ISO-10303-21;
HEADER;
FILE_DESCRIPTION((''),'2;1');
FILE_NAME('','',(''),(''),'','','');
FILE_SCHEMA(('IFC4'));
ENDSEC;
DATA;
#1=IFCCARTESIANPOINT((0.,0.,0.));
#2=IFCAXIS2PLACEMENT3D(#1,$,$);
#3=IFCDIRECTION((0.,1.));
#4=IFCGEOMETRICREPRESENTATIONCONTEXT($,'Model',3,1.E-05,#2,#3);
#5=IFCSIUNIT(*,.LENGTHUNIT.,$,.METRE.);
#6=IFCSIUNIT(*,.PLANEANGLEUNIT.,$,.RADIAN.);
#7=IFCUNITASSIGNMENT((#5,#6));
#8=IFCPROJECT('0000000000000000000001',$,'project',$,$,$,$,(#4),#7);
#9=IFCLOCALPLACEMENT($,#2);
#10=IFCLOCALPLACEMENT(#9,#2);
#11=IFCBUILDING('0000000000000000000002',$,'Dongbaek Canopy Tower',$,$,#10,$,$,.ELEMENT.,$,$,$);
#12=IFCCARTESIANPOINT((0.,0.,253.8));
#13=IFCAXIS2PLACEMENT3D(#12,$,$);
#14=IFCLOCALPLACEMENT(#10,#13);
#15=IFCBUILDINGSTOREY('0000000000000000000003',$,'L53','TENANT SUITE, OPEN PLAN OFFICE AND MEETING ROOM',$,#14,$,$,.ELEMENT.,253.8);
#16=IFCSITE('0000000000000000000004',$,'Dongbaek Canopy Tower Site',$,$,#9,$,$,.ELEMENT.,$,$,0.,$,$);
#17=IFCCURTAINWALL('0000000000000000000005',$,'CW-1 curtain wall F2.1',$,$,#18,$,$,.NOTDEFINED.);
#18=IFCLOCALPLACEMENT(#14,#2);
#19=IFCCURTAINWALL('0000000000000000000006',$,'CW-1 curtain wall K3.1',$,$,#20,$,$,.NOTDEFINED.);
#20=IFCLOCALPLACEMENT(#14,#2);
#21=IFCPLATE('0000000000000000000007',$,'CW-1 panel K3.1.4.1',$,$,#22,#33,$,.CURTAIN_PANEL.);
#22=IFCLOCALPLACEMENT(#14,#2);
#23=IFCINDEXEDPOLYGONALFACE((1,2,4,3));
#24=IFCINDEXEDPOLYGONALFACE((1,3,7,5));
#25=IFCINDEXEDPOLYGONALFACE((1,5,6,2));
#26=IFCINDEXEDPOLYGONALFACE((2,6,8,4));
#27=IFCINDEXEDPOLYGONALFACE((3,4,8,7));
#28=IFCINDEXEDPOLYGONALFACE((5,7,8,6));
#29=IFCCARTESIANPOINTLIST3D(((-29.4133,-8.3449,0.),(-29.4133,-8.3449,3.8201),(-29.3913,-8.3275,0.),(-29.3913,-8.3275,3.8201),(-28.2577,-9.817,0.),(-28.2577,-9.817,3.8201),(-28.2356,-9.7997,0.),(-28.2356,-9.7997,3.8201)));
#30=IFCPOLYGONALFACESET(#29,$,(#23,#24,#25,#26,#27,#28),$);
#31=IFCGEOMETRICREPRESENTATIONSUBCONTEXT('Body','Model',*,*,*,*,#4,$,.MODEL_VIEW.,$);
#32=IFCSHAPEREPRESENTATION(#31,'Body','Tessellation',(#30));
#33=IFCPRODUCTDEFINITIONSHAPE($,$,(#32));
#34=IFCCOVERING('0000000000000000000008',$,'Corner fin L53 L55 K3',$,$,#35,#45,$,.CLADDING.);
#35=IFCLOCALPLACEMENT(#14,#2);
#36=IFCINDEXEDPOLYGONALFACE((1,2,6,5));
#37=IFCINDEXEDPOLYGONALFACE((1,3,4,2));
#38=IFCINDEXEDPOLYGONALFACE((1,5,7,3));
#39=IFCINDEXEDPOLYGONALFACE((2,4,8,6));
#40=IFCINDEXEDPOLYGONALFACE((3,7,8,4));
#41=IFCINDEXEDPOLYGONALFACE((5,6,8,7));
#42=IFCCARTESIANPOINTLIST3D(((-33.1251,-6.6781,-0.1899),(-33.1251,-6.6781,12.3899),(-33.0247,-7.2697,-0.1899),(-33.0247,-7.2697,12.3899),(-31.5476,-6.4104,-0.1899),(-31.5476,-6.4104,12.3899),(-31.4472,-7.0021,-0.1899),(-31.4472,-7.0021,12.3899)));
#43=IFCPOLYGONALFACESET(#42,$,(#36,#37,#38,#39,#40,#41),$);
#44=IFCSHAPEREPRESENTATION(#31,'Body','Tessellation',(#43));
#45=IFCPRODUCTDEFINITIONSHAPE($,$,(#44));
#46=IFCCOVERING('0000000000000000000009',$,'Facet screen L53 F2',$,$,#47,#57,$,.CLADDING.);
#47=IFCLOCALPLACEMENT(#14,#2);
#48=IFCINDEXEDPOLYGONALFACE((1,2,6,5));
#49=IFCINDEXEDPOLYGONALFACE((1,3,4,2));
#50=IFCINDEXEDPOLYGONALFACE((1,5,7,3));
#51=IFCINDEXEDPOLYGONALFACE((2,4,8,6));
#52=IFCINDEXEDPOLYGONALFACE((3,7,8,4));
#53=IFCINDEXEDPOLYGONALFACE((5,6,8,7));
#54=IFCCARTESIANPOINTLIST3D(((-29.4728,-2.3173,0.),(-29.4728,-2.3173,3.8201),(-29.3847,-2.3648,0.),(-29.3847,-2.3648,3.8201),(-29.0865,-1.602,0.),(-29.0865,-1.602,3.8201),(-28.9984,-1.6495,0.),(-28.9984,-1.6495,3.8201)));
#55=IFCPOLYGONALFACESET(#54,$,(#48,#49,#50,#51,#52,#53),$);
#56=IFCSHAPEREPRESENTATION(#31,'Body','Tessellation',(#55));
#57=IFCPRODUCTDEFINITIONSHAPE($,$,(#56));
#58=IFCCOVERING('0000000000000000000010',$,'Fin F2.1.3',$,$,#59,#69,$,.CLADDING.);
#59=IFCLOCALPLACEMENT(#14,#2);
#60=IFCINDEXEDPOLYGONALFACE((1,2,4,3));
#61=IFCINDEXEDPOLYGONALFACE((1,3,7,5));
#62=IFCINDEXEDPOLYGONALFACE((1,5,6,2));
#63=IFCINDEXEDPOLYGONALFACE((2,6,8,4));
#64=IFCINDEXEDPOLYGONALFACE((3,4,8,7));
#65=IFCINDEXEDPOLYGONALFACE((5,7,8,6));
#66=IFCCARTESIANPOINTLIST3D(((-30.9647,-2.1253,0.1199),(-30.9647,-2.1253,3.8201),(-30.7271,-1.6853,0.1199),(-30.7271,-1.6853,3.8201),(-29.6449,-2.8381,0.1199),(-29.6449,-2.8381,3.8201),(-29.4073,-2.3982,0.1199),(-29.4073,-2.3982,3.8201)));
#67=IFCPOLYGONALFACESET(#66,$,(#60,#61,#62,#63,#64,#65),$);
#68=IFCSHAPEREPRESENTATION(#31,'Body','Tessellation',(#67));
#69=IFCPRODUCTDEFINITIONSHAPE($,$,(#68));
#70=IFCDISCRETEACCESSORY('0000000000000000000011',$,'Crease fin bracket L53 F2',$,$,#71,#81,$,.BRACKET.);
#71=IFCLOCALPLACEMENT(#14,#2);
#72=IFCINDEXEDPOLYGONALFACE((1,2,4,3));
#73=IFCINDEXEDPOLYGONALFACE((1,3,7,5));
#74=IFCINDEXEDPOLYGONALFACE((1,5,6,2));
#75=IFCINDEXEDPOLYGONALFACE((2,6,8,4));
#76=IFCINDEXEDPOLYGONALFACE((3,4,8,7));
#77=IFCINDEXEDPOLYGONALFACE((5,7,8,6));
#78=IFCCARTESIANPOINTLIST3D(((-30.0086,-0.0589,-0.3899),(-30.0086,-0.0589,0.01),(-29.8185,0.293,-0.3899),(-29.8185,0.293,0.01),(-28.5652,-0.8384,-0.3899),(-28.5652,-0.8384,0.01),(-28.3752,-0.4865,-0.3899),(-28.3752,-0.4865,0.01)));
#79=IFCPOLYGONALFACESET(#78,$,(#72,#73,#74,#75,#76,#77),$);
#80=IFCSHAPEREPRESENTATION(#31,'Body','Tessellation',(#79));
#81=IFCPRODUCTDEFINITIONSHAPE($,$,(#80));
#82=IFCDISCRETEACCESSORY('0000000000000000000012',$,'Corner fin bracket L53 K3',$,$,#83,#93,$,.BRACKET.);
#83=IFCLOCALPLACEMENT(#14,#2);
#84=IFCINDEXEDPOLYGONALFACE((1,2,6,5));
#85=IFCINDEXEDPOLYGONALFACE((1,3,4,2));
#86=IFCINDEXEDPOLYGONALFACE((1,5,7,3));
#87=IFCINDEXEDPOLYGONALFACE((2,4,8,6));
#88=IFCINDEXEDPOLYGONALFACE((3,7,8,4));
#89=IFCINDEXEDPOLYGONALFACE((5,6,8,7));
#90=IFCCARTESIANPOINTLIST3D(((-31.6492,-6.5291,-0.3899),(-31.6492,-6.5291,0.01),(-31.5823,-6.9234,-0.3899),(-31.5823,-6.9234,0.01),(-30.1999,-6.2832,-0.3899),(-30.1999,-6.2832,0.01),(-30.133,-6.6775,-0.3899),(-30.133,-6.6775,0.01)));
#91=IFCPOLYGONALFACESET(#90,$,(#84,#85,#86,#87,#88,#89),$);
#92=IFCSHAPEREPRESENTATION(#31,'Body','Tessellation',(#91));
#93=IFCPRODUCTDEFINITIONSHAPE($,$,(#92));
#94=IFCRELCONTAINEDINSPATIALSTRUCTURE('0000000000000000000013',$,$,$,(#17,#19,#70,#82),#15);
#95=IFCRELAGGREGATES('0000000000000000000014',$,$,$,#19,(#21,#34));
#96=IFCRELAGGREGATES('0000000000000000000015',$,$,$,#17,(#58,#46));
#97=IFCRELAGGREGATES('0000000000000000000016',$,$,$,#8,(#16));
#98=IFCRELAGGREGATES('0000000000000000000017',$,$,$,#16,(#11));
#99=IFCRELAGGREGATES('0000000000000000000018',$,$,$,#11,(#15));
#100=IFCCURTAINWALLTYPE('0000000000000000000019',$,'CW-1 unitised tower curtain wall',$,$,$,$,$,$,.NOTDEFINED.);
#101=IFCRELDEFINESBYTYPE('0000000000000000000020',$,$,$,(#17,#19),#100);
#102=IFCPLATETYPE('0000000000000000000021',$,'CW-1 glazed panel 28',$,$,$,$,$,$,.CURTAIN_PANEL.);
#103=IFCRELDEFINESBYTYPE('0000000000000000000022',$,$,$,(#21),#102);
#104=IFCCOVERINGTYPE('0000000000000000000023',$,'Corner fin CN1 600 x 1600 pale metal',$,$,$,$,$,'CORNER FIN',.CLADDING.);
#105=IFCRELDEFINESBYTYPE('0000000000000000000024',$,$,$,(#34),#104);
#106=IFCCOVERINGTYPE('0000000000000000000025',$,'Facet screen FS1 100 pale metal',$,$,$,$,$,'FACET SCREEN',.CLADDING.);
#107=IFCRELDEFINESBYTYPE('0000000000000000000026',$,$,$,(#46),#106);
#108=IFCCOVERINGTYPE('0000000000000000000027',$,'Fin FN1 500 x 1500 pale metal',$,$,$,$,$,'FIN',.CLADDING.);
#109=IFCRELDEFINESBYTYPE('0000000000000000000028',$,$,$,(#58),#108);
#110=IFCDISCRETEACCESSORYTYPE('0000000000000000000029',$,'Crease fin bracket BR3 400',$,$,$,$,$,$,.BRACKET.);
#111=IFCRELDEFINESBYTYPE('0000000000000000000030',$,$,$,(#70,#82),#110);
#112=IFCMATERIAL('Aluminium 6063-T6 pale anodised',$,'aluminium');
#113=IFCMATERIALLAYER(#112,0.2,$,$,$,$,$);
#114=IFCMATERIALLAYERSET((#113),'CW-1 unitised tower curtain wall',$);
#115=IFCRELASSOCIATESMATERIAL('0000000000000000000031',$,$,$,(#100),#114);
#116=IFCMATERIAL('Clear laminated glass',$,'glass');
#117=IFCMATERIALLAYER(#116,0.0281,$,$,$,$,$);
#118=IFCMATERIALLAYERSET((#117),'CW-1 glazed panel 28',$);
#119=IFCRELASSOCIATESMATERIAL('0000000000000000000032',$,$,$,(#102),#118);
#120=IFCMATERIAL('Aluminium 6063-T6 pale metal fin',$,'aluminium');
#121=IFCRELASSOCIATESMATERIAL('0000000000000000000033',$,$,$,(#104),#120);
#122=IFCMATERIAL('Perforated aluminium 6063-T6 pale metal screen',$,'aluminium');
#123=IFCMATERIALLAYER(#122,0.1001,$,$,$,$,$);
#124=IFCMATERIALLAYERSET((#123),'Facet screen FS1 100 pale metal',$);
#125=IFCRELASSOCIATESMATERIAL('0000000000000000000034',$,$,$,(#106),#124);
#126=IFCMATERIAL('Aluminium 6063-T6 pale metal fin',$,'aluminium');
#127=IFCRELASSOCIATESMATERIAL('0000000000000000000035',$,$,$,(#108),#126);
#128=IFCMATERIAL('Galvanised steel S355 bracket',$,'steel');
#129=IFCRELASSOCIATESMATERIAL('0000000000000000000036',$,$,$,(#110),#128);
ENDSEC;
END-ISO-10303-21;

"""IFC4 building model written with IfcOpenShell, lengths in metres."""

from ifc_helpers import new_model, si_unit, direction, frame, origin, origin_2d, place, context, subcontext, project, spatial, rectangle, extrude, material, layer, layer_set, material_profile, profile_set, type_object, element, aggregate, save


model = new_model("IFC4")

# Units and contexts
model_context = context("Model", 3, precision=1e-05, world=origin(), true_north=direction((0.0, 1.0)))
body_context = subcontext(model_context, "Body", "Model", "MODEL_VIEW")
ifc_project = project(units=[si_unit("LENGTHUNIT", "METRE"), si_unit("PLANEANGLEUNIT", "RADIAN")], contexts=[model_context])

# Site, building, storey
site_placement = place(None, origin())
site = spatial("IfcSite", under=ifc_project, at=site_placement, Name="Dongbaek Canopy Tower Site", CompositionType="ELEMENT", RefElevation=0.0)
building_placement = place(site_placement, origin())
building = spatial("IfcBuilding", under=site, at=building_placement, Name="Dongbaek Canopy Tower", CompositionType="ELEMENT")
storey_placement = place(building_placement, frame((0.0, 0.0, 253.8)))
storey = spatial("IfcBuildingStorey", under=building, at=storey_placement, Name="L53", Description="TENANT SUITE, OPEN PLAN OFFICE AND MEETING ROOM", CompositionType="ELEMENT", Elevation=253.8)

# Curtain wall
ifc_material_1 = material(Name="Aluminium 6063-T6 pale anodised", Category="aluminium")
ifc_layer_1 = layer(ifc_material_1, 0.2)
ifc_layer_set_1 = layer_set([ifc_layer_1], Name="CW-1 unitised tower curtain wall")
curtain_wall_type = type_object("IfcCurtainWallType", Name="CW-1 unitised tower curtain wall", PredefinedType="NOTDEFINED", material=ifc_layer_set_1)
curtain_wall_1_placement = place(storey_placement, origin())
curtain_wall_1 = element("IfcCurtainWall", 1, at=curtain_wall_1_placement, inside=storey, type_object=curtain_wall_type, Name="CW-1 curtain wall F2.1", PredefinedType="NOTDEFINED")

# Curtain wall
curtain_wall_2_placement = place(storey_placement, origin())
curtain_wall_2 = element("IfcCurtainWall", 2, at=curtain_wall_2_placement, inside=storey, type_object=curtain_wall_type, Name="CW-1 curtain wall K3.1", PredefinedType="NOTDEFINED")

# Plate
ifc_material_2 = material(Name="Clear laminated glass", Category="glass")
ifc_layer_2 = layer(ifc_material_2, 0.0281)
ifc_layer_set_2 = layer_set([ifc_layer_2], Name="CW-1 glazed panel 28")
plate_type = type_object("IfcPlateType", Name="CW-1 glazed panel 28", PredefinedType="CURTAIN_PANEL", material=ifc_layer_set_2)
plate_1_placement = place(storey_placement, frame((-28.8245, -9.0723, 0.0), z_axis=(0.0, 0.0, 1.0), x_axis=(0.617477, -0.786589, 0.0)))
plate_1 = element("IfcPlate", 3, at=plate_1_placement, type_object=plate_type, Name="CW-1 panel K3.1.4.1", PredefinedType="CURTAIN_PANEL", context=body_context, shape_type="SweptSolid", body=[
    extrude(rectangle(XDim=1.8716, YDim=0.0281, at=origin_2d()), origin(), (0.0, 0.0, 1.0), 3.8201),
])

# Coverings
ifc_material_3 = material(Name="Aluminium 6063-T6 pale metal fin", Category="aluminium")
ifc_material_profile_1 = material_profile(ifc_material_3, rectangle(XDim=1.6001, YDim=0.6001, at=origin_2d()), Name="Corner fin CN1 600 x 1600 pale metal")
ifc_profile_set_1 = profile_set([ifc_material_profile_1], Name="Aluminium 6063-T6 pale metal fin")
covering_type_1 = type_object("IfcCoveringType", Name="Corner fin CN1 600 x 1600 pale metal", ElementType="CORNER FIN", PredefinedType="CLADDING", material=ifc_profile_set_1)
covering_1_placement = place(storey_placement, frame((-32.2861, -6.8401, -0.1899), z_axis=(0.0, 0.0, 1.0), x_axis=(-0.985908, -0.167288, 0.0)))
covering_1 = element("IfcCovering", 4, at=covering_1_placement, type_object=covering_type_1, Name="Corner fin L53 L55 K3", PredefinedType="CLADDING", context=body_context, shape_type="SweptSolid", body=[
    extrude(rectangle(XDim=1.6001, YDim=0.6001, at=origin_2d()), origin(), (0.0, 0.0, 1.0), 12.5798),
])
aggregate(curtain_wall_2, [plate_1, covering_1])
ifc_material_4 = material(Name="Perforated aluminium 6063-T6 pale metal screen", Category="aluminium")
ifc_layer_3 = layer(ifc_material_4, 0.1001)
ifc_layer_set_3 = layer_set([ifc_layer_3], Name="Facet screen FS1 100 pale metal")
covering_type_2 = type_object("IfcCoveringType", Name="Facet screen FS1 100 pale metal", ElementType="FACET SCREEN", PredefinedType="CLADDING", material=ifc_layer_set_3)
covering_2_placement = place(storey_placement, frame((-29.2356, -1.9834, 0.0), z_axis=(0.0, 0.0, 1.0), x_axis=(-0.475202, -0.879877, 0.0)))
covering_2 = element("IfcCovering", 5, at=covering_2_placement, type_object=covering_type_2, Name="Facet screen L53 F2", PredefinedType="CLADDING", context=body_context, shape_type="SweptSolid", body=[
    extrude(rectangle(XDim=0.813, YDim=0.1001, at=origin_2d()), origin(), (0.0, 0.0, 1.0), 3.8201),
])
ifc_material_5 = material(Name="Aluminium 6063-T6 pale metal fin", Category="aluminium")
ifc_material_profile_2 = material_profile(ifc_material_5, rectangle(XDim=1.5, YDim=0.5, at=origin_2d()), Name="Fin FN1 500 x 1500 pale metal")
ifc_profile_set_2 = profile_set([ifc_material_profile_2], Name="Aluminium 6063-T6 pale metal fin")
covering_type_3 = type_object("IfcCoveringType", Name="Fin FN1 500 x 1500 pale metal", ElementType="FIN", PredefinedType="CLADDING", material=ifc_profile_set_2)
covering_3_placement = place(storey_placement, frame((-30.186, -2.2617, 0.1199), z_axis=(0.0, 0.0, 1.0), x_axis=(-0.879877, 0.475202, 0.0)))
covering_3 = element("IfcCovering", 6, at=covering_3_placement, type_object=covering_type_3, Name="Fin F2.1.3", PredefinedType="CLADDING", context=body_context, shape_type="SweptSolid", body=[
    extrude(rectangle(XDim=1.5, YDim=0.5, at=origin_2d()), origin(), (0.0, 0.0, 1.0), 3.7002),
])
aggregate(curtain_wall_1, [covering_3, covering_2])

# Discrete accessories
ifc_material_6 = material(Name="Galvanised steel S355 bracket", Category="steel")
discrete_accessory_type = type_object("IfcDiscreteAccessoryType", Name="Crease fin bracket BR3 400", PredefinedType="BRACKET", material=ifc_material_6)
discrete_accessory_1_placement = place(storey_placement, frame((-29.1919, -0.2727, -0.3899), z_axis=(0.0, 0.0, 1.0), x_axis=(-0.879877, 0.475202, 0.0)))
element("IfcDiscreteAccessory", 7, at=discrete_accessory_1_placement, inside=storey, type_object=discrete_accessory_type, Name="Crease fin bracket L53 F2", PredefinedType="BRACKET", context=body_context, shape_type="SweptSolid", body=[
    extrude(rectangle(XDim=1.6404, YDim=0.3999, at=origin_2d()), origin(), (0.0, 0.0, 1.0), 0.3999),
])
discrete_accessory_2_placement = place(storey_placement, frame((-30.8911, -6.6033, -0.3899), z_axis=(0.0, 0.0, 1.0), x_axis=(-0.985908, -0.167288, 0.0)))
element("IfcDiscreteAccessory", 8, at=discrete_accessory_2_placement, inside=storey, type_object=discrete_accessory_type, Name="Corner fin bracket L53 K3", PredefinedType="BRACKET", context=body_context, shape_type="SweptSolid", body=[
    extrude(rectangle(XDim=1.47, YDim=0.3999, at=origin_2d()), origin(), (0.0, 0.0, 1.0), 0.3999),
])

save(model, "model.ifc")
